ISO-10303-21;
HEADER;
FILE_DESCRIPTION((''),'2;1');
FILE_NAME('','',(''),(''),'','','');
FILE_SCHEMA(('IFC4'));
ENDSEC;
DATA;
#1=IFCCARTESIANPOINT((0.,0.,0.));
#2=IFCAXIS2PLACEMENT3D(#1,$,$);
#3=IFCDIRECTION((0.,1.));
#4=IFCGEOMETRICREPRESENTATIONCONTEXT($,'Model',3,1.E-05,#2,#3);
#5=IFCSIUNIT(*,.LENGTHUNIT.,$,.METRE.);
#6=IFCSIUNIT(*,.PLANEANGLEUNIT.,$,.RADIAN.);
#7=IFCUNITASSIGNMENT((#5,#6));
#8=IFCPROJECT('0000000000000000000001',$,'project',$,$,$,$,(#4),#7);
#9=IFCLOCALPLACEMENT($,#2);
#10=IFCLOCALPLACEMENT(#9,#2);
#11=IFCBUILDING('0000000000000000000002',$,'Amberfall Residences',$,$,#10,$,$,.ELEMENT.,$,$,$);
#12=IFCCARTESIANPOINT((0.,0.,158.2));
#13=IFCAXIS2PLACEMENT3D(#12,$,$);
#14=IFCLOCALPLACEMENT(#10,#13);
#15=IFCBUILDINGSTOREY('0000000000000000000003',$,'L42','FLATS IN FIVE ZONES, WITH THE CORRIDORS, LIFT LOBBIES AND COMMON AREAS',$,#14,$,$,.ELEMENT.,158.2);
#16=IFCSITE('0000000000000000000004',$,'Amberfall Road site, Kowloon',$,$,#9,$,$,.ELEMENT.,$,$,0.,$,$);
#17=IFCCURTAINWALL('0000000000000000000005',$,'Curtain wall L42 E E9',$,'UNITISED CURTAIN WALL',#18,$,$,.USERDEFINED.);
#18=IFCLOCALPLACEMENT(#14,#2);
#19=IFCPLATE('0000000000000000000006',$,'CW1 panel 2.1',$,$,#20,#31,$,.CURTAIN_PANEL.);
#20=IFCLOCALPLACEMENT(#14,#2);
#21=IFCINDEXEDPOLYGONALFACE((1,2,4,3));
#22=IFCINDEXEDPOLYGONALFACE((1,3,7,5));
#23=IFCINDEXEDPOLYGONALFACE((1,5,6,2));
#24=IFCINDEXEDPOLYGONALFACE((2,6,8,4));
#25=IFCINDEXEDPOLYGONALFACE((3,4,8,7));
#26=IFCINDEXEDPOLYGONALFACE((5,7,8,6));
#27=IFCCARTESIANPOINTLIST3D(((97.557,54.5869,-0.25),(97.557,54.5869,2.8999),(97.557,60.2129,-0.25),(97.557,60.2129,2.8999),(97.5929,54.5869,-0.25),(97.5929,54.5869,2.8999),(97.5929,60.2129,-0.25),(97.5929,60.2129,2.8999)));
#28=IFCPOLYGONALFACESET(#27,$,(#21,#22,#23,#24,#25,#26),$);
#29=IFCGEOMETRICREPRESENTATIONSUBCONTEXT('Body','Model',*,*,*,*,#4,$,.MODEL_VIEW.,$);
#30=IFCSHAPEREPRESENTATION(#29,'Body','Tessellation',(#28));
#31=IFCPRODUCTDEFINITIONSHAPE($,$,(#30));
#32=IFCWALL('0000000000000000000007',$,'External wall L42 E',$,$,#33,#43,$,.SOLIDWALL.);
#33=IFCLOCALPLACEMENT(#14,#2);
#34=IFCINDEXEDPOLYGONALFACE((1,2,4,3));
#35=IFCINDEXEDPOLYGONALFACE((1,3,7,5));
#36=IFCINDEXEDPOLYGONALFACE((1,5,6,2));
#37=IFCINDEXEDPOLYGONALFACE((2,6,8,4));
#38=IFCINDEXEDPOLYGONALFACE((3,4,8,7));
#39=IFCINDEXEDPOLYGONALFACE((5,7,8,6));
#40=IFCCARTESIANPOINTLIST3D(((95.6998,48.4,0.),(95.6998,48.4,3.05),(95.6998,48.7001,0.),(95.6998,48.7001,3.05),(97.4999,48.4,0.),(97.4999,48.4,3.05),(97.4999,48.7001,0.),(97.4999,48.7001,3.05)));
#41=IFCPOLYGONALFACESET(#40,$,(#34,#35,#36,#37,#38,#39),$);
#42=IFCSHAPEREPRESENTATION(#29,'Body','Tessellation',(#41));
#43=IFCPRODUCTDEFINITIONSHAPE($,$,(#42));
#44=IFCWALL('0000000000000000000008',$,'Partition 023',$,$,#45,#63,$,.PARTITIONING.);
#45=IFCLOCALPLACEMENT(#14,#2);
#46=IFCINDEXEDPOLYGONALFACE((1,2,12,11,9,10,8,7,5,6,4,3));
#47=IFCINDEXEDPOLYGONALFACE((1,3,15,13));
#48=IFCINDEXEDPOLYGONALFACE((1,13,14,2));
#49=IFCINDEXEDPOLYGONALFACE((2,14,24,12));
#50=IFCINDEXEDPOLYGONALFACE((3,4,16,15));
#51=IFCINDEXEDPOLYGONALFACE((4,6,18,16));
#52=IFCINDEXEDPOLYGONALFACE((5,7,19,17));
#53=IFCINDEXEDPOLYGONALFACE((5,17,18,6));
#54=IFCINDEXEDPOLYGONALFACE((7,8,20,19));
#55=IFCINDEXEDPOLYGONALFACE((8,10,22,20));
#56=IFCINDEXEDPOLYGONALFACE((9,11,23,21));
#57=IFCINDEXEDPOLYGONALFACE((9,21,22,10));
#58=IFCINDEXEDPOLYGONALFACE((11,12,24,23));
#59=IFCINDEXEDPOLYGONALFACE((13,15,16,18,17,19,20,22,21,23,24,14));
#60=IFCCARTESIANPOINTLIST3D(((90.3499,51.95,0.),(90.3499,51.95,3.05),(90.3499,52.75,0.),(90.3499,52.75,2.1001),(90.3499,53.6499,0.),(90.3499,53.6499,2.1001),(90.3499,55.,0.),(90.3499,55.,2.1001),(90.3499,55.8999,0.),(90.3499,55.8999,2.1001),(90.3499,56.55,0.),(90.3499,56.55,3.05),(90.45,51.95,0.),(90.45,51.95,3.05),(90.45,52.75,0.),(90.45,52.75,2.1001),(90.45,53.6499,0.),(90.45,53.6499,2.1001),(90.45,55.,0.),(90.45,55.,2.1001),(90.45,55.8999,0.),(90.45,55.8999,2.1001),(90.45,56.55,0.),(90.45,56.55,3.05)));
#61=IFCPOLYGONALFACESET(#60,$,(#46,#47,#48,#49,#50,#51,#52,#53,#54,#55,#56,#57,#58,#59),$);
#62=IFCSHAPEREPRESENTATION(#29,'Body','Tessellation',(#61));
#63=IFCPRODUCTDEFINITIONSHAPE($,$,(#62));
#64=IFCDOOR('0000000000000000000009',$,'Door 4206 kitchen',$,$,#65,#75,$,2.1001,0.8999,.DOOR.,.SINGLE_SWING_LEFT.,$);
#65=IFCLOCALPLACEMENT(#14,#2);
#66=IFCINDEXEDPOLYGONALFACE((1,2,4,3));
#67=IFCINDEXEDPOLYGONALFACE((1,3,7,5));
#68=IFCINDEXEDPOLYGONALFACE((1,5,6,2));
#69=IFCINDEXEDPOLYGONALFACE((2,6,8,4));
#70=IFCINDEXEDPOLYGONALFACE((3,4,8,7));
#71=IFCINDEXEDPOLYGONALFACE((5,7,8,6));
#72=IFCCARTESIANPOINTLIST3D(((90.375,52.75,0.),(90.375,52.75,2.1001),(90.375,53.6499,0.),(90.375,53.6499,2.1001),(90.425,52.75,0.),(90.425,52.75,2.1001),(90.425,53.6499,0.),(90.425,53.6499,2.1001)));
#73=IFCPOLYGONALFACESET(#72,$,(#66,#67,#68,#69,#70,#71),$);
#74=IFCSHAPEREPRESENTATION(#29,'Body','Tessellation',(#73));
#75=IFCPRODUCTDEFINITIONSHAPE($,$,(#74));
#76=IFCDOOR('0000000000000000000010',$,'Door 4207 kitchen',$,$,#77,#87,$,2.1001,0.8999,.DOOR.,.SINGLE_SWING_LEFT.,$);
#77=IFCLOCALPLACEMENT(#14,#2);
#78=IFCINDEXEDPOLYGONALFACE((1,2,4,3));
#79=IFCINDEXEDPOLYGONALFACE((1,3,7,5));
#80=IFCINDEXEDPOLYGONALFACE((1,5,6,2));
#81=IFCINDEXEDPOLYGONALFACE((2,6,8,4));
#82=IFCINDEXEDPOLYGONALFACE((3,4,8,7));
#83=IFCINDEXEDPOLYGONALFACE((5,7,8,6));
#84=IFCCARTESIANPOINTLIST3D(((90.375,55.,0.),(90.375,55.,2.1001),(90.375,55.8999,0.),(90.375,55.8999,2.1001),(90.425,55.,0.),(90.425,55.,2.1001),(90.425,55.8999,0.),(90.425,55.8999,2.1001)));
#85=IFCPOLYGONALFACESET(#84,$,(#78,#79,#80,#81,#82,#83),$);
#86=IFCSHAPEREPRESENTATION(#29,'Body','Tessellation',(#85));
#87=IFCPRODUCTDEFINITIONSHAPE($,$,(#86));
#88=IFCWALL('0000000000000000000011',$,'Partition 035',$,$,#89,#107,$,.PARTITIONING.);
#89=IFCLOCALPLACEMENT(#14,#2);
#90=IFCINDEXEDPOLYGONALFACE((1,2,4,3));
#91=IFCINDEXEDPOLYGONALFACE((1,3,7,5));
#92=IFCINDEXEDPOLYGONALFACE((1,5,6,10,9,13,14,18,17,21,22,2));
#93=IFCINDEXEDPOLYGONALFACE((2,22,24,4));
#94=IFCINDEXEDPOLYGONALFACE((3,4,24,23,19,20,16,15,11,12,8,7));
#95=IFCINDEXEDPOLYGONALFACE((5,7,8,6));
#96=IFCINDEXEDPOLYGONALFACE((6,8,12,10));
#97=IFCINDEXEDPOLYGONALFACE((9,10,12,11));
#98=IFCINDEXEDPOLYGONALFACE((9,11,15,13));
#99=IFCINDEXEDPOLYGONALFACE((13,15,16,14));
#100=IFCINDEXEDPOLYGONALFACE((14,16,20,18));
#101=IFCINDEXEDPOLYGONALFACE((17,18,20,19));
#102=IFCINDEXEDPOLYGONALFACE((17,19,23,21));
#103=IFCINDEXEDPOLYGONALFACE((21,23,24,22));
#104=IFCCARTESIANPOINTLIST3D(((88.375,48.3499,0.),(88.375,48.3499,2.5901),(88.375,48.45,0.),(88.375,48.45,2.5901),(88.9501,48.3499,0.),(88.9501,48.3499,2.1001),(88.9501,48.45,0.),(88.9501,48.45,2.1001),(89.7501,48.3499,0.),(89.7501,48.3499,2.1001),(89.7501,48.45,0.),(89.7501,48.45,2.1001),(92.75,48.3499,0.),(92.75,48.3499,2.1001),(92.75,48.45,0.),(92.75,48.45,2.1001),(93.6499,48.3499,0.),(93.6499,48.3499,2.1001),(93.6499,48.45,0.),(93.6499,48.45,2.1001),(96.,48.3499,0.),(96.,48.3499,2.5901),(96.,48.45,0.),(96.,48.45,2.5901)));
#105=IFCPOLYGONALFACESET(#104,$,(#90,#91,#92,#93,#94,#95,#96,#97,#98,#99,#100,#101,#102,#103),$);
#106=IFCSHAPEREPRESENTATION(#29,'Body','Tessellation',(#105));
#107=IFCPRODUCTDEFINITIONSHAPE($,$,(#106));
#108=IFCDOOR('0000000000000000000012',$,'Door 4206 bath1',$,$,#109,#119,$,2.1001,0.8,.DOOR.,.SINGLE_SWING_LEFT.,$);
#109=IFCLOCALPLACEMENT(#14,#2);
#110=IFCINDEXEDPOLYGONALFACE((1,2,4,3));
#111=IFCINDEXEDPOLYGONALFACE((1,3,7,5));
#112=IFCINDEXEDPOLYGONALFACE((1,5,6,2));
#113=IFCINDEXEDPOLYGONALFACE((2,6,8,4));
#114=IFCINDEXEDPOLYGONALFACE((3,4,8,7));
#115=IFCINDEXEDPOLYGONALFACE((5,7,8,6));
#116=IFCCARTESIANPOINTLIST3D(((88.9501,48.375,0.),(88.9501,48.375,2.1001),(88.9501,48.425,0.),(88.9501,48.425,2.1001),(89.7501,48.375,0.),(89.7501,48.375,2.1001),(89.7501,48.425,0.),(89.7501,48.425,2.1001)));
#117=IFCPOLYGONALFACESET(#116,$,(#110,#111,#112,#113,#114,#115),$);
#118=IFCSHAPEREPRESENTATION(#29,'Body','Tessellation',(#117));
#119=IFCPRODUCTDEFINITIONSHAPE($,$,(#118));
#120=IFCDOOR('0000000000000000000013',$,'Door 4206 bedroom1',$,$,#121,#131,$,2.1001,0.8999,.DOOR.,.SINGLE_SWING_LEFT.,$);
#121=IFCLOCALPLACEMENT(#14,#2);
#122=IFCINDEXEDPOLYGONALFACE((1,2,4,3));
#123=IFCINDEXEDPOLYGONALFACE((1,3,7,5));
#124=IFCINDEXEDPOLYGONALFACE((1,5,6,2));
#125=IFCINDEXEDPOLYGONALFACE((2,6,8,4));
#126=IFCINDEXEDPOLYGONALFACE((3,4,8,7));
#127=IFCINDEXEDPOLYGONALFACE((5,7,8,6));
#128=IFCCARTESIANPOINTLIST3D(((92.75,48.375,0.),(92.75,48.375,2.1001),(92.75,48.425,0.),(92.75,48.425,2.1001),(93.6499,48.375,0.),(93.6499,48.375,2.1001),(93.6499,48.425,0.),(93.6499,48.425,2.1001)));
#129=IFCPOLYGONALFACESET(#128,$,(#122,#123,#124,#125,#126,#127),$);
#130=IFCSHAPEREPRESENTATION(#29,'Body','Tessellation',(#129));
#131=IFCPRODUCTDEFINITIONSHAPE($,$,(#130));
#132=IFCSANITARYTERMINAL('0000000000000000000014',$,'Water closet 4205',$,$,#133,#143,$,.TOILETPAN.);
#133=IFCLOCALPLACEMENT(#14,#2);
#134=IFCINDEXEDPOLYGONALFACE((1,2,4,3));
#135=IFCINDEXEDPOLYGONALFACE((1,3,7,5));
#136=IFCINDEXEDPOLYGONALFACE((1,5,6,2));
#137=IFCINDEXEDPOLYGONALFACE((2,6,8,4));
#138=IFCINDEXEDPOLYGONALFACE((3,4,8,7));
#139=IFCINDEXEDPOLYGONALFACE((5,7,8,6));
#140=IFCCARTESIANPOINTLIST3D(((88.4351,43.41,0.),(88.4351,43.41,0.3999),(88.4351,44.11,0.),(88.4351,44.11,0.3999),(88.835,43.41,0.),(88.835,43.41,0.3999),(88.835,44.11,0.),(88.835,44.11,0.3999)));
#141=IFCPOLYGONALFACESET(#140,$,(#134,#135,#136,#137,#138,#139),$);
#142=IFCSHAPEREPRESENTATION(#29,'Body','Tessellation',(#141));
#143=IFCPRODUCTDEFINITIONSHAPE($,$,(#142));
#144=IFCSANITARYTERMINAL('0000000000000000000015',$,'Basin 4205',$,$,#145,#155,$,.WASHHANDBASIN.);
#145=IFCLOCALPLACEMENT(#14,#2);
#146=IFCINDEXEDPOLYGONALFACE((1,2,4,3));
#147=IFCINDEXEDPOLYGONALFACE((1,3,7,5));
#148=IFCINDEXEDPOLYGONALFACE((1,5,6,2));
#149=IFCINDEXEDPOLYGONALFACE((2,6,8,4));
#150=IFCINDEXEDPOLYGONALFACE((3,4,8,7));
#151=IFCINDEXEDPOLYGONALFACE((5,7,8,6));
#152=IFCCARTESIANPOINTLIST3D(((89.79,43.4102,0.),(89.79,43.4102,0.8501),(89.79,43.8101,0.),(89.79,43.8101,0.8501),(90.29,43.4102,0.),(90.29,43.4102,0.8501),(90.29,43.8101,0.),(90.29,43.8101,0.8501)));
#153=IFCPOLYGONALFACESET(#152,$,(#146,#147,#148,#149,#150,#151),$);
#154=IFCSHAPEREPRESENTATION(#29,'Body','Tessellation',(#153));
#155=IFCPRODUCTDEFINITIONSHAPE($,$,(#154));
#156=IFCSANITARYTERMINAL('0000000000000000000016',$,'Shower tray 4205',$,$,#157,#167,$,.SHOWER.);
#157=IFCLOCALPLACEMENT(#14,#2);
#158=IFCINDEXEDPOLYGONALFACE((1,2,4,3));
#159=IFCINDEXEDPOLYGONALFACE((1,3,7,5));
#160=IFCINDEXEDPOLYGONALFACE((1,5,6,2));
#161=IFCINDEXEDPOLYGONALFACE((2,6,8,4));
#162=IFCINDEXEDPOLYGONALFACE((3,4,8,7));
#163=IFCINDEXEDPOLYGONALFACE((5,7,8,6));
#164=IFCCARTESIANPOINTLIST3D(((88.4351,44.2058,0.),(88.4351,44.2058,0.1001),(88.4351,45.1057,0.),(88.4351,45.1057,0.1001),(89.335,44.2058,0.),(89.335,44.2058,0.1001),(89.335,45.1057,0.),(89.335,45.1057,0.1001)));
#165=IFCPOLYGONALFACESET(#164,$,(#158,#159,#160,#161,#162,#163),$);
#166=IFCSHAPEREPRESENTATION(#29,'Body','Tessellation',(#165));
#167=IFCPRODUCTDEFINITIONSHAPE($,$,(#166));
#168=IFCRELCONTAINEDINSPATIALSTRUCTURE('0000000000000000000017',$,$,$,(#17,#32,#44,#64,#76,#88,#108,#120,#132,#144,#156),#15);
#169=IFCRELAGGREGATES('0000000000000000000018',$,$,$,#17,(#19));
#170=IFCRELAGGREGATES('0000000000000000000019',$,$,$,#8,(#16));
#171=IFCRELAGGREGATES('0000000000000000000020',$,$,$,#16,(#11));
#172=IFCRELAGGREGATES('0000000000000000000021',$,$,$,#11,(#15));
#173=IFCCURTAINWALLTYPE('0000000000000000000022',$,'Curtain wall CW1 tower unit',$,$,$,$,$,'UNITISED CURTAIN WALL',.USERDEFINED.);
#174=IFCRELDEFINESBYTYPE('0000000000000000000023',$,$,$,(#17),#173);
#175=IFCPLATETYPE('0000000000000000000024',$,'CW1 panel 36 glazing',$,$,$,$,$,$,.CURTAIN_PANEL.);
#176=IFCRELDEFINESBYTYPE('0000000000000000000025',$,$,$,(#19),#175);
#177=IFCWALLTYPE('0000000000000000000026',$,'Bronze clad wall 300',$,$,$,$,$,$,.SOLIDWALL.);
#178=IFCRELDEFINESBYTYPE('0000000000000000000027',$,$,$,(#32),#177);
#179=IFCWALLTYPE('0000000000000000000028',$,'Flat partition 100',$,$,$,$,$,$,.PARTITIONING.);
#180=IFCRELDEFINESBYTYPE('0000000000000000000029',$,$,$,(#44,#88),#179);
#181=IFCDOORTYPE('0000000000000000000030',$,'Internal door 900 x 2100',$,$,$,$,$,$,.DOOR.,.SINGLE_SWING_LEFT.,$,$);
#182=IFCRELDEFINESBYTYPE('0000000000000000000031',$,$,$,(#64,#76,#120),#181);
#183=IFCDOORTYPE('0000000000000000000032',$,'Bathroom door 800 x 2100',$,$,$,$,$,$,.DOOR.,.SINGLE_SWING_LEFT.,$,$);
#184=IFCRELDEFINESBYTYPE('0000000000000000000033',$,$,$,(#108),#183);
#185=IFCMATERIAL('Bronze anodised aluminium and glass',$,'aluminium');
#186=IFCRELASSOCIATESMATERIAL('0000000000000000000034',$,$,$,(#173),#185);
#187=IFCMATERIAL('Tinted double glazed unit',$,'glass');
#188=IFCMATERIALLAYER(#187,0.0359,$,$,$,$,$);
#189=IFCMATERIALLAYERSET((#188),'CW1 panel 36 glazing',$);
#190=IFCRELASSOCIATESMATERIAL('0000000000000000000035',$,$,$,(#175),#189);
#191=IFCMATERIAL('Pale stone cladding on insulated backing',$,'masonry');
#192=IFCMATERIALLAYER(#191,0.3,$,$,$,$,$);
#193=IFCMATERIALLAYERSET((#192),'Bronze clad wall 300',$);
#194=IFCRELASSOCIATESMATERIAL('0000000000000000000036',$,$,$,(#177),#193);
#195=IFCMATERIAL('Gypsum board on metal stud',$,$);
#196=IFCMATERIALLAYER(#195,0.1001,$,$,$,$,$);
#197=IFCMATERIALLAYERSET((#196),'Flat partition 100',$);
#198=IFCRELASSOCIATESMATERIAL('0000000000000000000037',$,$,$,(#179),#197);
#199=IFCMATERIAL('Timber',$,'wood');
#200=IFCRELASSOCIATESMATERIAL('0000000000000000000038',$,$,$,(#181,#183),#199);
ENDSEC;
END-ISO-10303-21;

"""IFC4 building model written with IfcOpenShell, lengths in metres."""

from ifc_helpers import new_model, si_unit, direction, frame, frame_2d, origin, origin_2d, place, context, subcontext, project, spatial, rectangle, extrude, material, layer, layer_set, type_object, element, fill, aggregate, save


model = new_model("IFC4")

# Units and contexts
model_context = context("Model", 3, precision=1e-05, world=origin(), true_north=direction((0.0, 1.0)))
body_context = subcontext(model_context, "Body", "Model", "MODEL_VIEW")
ifc_project = project(units=[si_unit("LENGTHUNIT", "METRE"), si_unit("PLANEANGLEUNIT", "RADIAN")], contexts=[model_context])

# Site, building, storey
site_placement = place(None, origin())
site = spatial("IfcSite", under=ifc_project, at=site_placement, Name="Amberfall Road site, Kowloon", CompositionType="ELEMENT", RefElevation=0.0)
building_placement = place(site_placement, origin())
building = spatial("IfcBuilding", under=site, at=building_placement, Name="Amberfall Residences", CompositionType="ELEMENT")
storey_placement = place(building_placement, frame((0.0, 0.0, 158.2)))
storey = spatial("IfcBuildingStorey", under=building, at=storey_placement, Name="L42", Description="FLATS IN FIVE ZONES, WITH THE CORRIDORS, LIFT LOBBIES AND COMMON AREAS", CompositionType="ELEMENT", Elevation=158.2)

# Curtain wall
ifc_material_1 = material(Name="Bronze anodised aluminium and glass", Category="aluminium")
curtain_wall_type = type_object("IfcCurtainWallType", Name="Curtain wall CW1 tower unit", ElementType="UNITISED CURTAIN WALL", PredefinedType="USERDEFINED", material=ifc_material_1)
curtain_wall_placement = place(storey_placement, origin())
curtain_wall = element("IfcCurtainWall", 1, at=curtain_wall_placement, inside=storey, type_object=curtain_wall_type, Name="Curtain wall L42 E E9", ObjectType="UNITISED CURTAIN WALL", PredefinedType="USERDEFINED")

# Plate
ifc_material_2 = material(Name="Tinted double glazed unit", Category="glass")
ifc_layer_1 = layer(ifc_material_2, 0.0359)
ifc_layer_set_1 = layer_set([ifc_layer_1], Name="CW1 panel 36 glazing")
plate_type = type_object("IfcPlateType", Name="CW1 panel 36 glazing", PredefinedType="CURTAIN_PANEL", material=ifc_layer_set_1)
plate_1_placement = place(storey_placement, frame((97.575, 57.3999, -0.25), z_axis=(0.0, 0.0, 1.0), x_axis=(0.0, 1.0, 0.0)))
plate_1 = element("IfcPlate", 2, at=plate_1_placement, type_object=plate_type, Name="CW1 panel 2.1", PredefinedType="CURTAIN_PANEL", context=body_context, shape_type="SweptSolid", body=[
    extrude(rectangle(XDim=5.626, YDim=0.0359, at=origin_2d()), origin(), (0.0, 0.0, 1.0), 3.1499),
])
aggregate(curtain_wall, [plate_1])

# Wall
ifc_material_3 = material(Name="Pale stone cladding on insulated backing", Category="masonry")
ifc_layer_2 = layer(ifc_material_3, 0.3)
ifc_layer_set_2 = layer_set([ifc_layer_2], Name="Bronze clad wall 300")
wall_type_1 = type_object("IfcWallType", Name="Bronze clad wall 300", PredefinedType="SOLIDWALL", material=ifc_layer_set_2)
wall_1_placement = place(storey_placement, frame((95.7, 48.55, 0.0), z_axis=(0.0, 0.0, 1.0), x_axis=(1.0, 0.0, 0.0)))
element("IfcWall", 3, at=wall_1_placement, inside=storey, type_object=wall_type_1, Name="External wall L42 E", PredefinedType="SOLIDWALL", context=body_context, shape_type="SweptSolid", body=[
    extrude(rectangle(XDim=1.8, YDim=0.3, at=frame_2d((0.8999, 0.0))), origin(), (0.0, 0.0, 1.0), 3.05),
])

# Walls, openings, doors
ifc_material_4 = material(Name="Gypsum board on metal stud")
ifc_layer_3 = layer(ifc_material_4, 0.1001)
ifc_layer_set_3 = layer_set([ifc_layer_3], Name="Flat partition 100")
wall_type_2 = type_object("IfcWallType", Name="Flat partition 100", PredefinedType="PARTITIONING", material=ifc_layer_set_3)
wall_2_placement = place(storey_placement, frame((90.3999, 51.95, 0.0), z_axis=(0.0, 0.0, 1.0), x_axis=(0.0, 1.0, 0.0)))
wall_2 = element("IfcWall", 4, at=wall_2_placement, inside=storey, type_object=wall_type_2, Name="Partition 023", PredefinedType="PARTITIONING", context=body_context, shape_type="SweptSolid", body=[
    extrude(rectangle(XDim=4.6001, YDim=0.1001, at=frame_2d((2.3, 0.0))), origin(), (0.0, 0.0, 1.0), 3.05),
])
opening_1_placement = place(wall_2_placement, frame((0.8, 0.0, 0.0)))
opening_1 = element("IfcOpeningElement", 5, at=opening_1_placement, cuts=wall_2, PredefinedType="OPENING", context=body_context, shape_type="SweptSolid", body=[
    extrude(rectangle(XDim=0.8999, YDim=2.1001, at=frame_2d((0.45, 1.05))), frame((0.0, 0.0601, 0.0), z_axis=(0.0, -1.0, 0.0), x_axis=(1.0, 0.0, 0.0)), (0.0, 0.0, 1.0), 0.1201),
])
opening_2_placement = place(wall_2_placement, frame((3.05, 0.0, 0.0)))
opening_2 = element("IfcOpeningElement", 6, at=opening_2_placement, cuts=wall_2, PredefinedType="OPENING", context=body_context, shape_type="SweptSolid", body=[
    extrude(rectangle(XDim=0.8999, YDim=2.1001, at=frame_2d((0.45, 1.05))), frame((0.0, 0.0601, 0.0), z_axis=(0.0, -1.0, 0.0), x_axis=(1.0, 0.0, 0.0)), (0.0, 0.0, 1.0), 0.1201),
])
ifc_material_5 = material(Name="Timber", Category="wood")
door_type_1 = type_object("IfcDoorType", Name="Internal door 900 x 2100", OperationType="SINGLE_SWING_LEFT", PredefinedType="DOOR", material=ifc_material_5)
door_1_placement = place(opening_1_placement, origin())
door_1 = element("IfcDoor", 7, at=door_1_placement, inside=storey, type_object=door_type_1, Name="Door 4206 kitchen", OperationType="SINGLE_SWING_LEFT", OverallHeight=2.1001, OverallWidth=0.8999, PredefinedType="DOOR", context=body_context, shape_type="SweptSolid", body=[
    extrude(rectangle(XDim=0.8999, YDim=2.1001, at=frame_2d((0.45, 1.05))), frame((0.0, 0.0249, 0.0), z_axis=(0.0, -1.0, 0.0), x_axis=(1.0, 0.0, 0.0)), (0.0, 0.0, 1.0), 0.05),
])
fill(opening_1, door_1)
door_2_placement = place(opening_2_placement, origin())
door_2 = element("IfcDoor", 8, at=door_2_placement, inside=storey, type_object=door_type_1, Name="Door 4207 kitchen", OperationType="SINGLE_SWING_LEFT", OverallHeight=2.1001, OverallWidth=0.8999, PredefinedType="DOOR", context=body_context, shape_type="SweptSolid", body=[
    extrude(rectangle(XDim=0.8999, YDim=2.1001, at=frame_2d((0.45, 1.05))), frame((0.0, 0.0249, 0.0), z_axis=(0.0, -1.0, 0.0), x_axis=(1.0, 0.0, 0.0)), (0.0, 0.0, 1.0), 0.05),
])
fill(opening_2, door_2)
wall_3_placement = place(storey_placement, frame((96.0, 48.3999, 0.0), z_axis=(0.0, 0.0, 1.0), x_axis=(-1.0, 0.0, 0.0)))
wall_3 = element("IfcWall", 9, at=wall_3_placement, inside=storey, type_object=wall_type_2, Name="Partition 035", PredefinedType="PARTITIONING", context=body_context, shape_type="SweptSolid", body=[
    extrude(rectangle(XDim=7.625, YDim=0.1001, at=frame_2d((3.8125, 0.0))), origin(), (0.0, 0.0, 1.0), 2.5901),
])
opening_3_placement = place(wall_3_placement, frame((2.3501, 0.0, 0.0)))
opening_3 = element("IfcOpeningElement", 10, at=opening_3_placement, cuts=wall_3, PredefinedType="OPENING", context=body_context, shape_type="SweptSolid", body=[
    extrude(rectangle(XDim=0.8999, YDim=2.1001, at=frame_2d((0.45, 1.05))), frame((0.0, 0.0601, 0.0), z_axis=(0.0, -1.0, 0.0), x_axis=(1.0, 0.0, 0.0)), (0.0, 0.0, 1.0), 0.1201),
])
opening_4_placement = place(wall_3_placement, frame((6.25, 0.0, 0.0)))
opening_4 = element("IfcOpeningElement", 11, at=opening_4_placement, cuts=wall_3, PredefinedType="OPENING", context=body_context, shape_type="SweptSolid", body=[
    extrude(rectangle(XDim=0.8, YDim=2.1001, at=frame_2d((0.3999, 1.05))), frame((0.0, 0.0601, 0.0), z_axis=(0.0, -1.0, 0.0), x_axis=(1.0, 0.0, 0.0)), (0.0, 0.0, 1.0), 0.1201),
])
door_type_2 = type_object("IfcDoorType", Name="Bathroom door 800 x 2100", OperationType="SINGLE_SWING_LEFT", PredefinedType="DOOR", material=ifc_material_5)
door_3_placement = place(opening_4_placement, origin())
door_3 = element("IfcDoor", 12, at=door_3_placement, inside=storey, type_object=door_type_2, Name="Door 4206 bath1", OperationType="SINGLE_SWING_LEFT", OverallHeight=2.1001, OverallWidth=0.8, PredefinedType="DOOR", context=body_context, shape_type="SweptSolid", body=[
    extrude(rectangle(XDim=0.8, YDim=2.1001, at=frame_2d((0.3999, 1.05))), frame((0.0, 0.0249, 0.0), z_axis=(0.0, -1.0, 0.0), x_axis=(1.0, 0.0, 0.0)), (0.0, 0.0, 1.0), 0.05),
])
fill(opening_4, door_3)
door_4_placement = place(opening_3_placement, origin())
door_4 = element("IfcDoor", 13, at=door_4_placement, inside=storey, type_object=door_type_1, Name="Door 4206 bedroom1", OperationType="SINGLE_SWING_LEFT", OverallHeight=2.1001, OverallWidth=0.8999, PredefinedType="DOOR", context=body_context, shape_type="SweptSolid", body=[
    extrude(rectangle(XDim=0.8999, YDim=2.1001, at=frame_2d((0.45, 1.05))), frame((0.0, 0.0249, 0.0), z_axis=(0.0, -1.0, 0.0), x_axis=(1.0, 0.0, 0.0)), (0.0, 0.0, 1.0), 0.05),
])
fill(opening_3, door_4)

# Sanitary terminals
sanitary_terminal_1_placement = place(storey_placement, frame((88.635, 43.76, 0.0), z_axis=(0.0, 0.0, 1.0), x_axis=(1.0, 0.0, 0.0)))
element("IfcSanitaryTerminal", 14, at=sanitary_terminal_1_placement, inside=storey, Name="Water closet 4205", PredefinedType="TOILETPAN", context=body_context, shape_type="SweptSolid", body=[
    extrude(rectangle(XDim=0.3999, YDim=0.7, at=origin_2d()), origin(), (0.0, 0.0, 1.0), 0.3999),
])
sanitary_terminal_2_placement = place(storey_placement, frame((90.04, 43.6101, 0.0), z_axis=(0.0, 0.0, 1.0), x_axis=(1.0, 0.0, 0.0)))
element("IfcSanitaryTerminal", 15, at=sanitary_terminal_2_placement, inside=storey, Name="Basin 4205", PredefinedType="WASHHANDBASIN", context=body_context, shape_type="SweptSolid", body=[
    extrude(rectangle(XDim=0.5, YDim=0.3999, at=origin_2d()), origin(), (0.0, 0.0, 1.0), 0.8501),
])
sanitary_terminal_3_placement = place(storey_placement, frame((88.885, 44.6558, 0.0), z_axis=(0.0, 0.0, 1.0), x_axis=(1.0, 0.0, 0.0)))
element("IfcSanitaryTerminal", 16, at=sanitary_terminal_3_placement, inside=storey, Name="Shower tray 4205", PredefinedType="SHOWER", context=body_context, shape_type="SweptSolid", body=[
    extrude(rectangle(XDim=0.8999, YDim=0.8999, at=origin_2d()), origin(), (0.0, 0.0, 1.0), 0.1001),
])

save(model, "model.ifc")
